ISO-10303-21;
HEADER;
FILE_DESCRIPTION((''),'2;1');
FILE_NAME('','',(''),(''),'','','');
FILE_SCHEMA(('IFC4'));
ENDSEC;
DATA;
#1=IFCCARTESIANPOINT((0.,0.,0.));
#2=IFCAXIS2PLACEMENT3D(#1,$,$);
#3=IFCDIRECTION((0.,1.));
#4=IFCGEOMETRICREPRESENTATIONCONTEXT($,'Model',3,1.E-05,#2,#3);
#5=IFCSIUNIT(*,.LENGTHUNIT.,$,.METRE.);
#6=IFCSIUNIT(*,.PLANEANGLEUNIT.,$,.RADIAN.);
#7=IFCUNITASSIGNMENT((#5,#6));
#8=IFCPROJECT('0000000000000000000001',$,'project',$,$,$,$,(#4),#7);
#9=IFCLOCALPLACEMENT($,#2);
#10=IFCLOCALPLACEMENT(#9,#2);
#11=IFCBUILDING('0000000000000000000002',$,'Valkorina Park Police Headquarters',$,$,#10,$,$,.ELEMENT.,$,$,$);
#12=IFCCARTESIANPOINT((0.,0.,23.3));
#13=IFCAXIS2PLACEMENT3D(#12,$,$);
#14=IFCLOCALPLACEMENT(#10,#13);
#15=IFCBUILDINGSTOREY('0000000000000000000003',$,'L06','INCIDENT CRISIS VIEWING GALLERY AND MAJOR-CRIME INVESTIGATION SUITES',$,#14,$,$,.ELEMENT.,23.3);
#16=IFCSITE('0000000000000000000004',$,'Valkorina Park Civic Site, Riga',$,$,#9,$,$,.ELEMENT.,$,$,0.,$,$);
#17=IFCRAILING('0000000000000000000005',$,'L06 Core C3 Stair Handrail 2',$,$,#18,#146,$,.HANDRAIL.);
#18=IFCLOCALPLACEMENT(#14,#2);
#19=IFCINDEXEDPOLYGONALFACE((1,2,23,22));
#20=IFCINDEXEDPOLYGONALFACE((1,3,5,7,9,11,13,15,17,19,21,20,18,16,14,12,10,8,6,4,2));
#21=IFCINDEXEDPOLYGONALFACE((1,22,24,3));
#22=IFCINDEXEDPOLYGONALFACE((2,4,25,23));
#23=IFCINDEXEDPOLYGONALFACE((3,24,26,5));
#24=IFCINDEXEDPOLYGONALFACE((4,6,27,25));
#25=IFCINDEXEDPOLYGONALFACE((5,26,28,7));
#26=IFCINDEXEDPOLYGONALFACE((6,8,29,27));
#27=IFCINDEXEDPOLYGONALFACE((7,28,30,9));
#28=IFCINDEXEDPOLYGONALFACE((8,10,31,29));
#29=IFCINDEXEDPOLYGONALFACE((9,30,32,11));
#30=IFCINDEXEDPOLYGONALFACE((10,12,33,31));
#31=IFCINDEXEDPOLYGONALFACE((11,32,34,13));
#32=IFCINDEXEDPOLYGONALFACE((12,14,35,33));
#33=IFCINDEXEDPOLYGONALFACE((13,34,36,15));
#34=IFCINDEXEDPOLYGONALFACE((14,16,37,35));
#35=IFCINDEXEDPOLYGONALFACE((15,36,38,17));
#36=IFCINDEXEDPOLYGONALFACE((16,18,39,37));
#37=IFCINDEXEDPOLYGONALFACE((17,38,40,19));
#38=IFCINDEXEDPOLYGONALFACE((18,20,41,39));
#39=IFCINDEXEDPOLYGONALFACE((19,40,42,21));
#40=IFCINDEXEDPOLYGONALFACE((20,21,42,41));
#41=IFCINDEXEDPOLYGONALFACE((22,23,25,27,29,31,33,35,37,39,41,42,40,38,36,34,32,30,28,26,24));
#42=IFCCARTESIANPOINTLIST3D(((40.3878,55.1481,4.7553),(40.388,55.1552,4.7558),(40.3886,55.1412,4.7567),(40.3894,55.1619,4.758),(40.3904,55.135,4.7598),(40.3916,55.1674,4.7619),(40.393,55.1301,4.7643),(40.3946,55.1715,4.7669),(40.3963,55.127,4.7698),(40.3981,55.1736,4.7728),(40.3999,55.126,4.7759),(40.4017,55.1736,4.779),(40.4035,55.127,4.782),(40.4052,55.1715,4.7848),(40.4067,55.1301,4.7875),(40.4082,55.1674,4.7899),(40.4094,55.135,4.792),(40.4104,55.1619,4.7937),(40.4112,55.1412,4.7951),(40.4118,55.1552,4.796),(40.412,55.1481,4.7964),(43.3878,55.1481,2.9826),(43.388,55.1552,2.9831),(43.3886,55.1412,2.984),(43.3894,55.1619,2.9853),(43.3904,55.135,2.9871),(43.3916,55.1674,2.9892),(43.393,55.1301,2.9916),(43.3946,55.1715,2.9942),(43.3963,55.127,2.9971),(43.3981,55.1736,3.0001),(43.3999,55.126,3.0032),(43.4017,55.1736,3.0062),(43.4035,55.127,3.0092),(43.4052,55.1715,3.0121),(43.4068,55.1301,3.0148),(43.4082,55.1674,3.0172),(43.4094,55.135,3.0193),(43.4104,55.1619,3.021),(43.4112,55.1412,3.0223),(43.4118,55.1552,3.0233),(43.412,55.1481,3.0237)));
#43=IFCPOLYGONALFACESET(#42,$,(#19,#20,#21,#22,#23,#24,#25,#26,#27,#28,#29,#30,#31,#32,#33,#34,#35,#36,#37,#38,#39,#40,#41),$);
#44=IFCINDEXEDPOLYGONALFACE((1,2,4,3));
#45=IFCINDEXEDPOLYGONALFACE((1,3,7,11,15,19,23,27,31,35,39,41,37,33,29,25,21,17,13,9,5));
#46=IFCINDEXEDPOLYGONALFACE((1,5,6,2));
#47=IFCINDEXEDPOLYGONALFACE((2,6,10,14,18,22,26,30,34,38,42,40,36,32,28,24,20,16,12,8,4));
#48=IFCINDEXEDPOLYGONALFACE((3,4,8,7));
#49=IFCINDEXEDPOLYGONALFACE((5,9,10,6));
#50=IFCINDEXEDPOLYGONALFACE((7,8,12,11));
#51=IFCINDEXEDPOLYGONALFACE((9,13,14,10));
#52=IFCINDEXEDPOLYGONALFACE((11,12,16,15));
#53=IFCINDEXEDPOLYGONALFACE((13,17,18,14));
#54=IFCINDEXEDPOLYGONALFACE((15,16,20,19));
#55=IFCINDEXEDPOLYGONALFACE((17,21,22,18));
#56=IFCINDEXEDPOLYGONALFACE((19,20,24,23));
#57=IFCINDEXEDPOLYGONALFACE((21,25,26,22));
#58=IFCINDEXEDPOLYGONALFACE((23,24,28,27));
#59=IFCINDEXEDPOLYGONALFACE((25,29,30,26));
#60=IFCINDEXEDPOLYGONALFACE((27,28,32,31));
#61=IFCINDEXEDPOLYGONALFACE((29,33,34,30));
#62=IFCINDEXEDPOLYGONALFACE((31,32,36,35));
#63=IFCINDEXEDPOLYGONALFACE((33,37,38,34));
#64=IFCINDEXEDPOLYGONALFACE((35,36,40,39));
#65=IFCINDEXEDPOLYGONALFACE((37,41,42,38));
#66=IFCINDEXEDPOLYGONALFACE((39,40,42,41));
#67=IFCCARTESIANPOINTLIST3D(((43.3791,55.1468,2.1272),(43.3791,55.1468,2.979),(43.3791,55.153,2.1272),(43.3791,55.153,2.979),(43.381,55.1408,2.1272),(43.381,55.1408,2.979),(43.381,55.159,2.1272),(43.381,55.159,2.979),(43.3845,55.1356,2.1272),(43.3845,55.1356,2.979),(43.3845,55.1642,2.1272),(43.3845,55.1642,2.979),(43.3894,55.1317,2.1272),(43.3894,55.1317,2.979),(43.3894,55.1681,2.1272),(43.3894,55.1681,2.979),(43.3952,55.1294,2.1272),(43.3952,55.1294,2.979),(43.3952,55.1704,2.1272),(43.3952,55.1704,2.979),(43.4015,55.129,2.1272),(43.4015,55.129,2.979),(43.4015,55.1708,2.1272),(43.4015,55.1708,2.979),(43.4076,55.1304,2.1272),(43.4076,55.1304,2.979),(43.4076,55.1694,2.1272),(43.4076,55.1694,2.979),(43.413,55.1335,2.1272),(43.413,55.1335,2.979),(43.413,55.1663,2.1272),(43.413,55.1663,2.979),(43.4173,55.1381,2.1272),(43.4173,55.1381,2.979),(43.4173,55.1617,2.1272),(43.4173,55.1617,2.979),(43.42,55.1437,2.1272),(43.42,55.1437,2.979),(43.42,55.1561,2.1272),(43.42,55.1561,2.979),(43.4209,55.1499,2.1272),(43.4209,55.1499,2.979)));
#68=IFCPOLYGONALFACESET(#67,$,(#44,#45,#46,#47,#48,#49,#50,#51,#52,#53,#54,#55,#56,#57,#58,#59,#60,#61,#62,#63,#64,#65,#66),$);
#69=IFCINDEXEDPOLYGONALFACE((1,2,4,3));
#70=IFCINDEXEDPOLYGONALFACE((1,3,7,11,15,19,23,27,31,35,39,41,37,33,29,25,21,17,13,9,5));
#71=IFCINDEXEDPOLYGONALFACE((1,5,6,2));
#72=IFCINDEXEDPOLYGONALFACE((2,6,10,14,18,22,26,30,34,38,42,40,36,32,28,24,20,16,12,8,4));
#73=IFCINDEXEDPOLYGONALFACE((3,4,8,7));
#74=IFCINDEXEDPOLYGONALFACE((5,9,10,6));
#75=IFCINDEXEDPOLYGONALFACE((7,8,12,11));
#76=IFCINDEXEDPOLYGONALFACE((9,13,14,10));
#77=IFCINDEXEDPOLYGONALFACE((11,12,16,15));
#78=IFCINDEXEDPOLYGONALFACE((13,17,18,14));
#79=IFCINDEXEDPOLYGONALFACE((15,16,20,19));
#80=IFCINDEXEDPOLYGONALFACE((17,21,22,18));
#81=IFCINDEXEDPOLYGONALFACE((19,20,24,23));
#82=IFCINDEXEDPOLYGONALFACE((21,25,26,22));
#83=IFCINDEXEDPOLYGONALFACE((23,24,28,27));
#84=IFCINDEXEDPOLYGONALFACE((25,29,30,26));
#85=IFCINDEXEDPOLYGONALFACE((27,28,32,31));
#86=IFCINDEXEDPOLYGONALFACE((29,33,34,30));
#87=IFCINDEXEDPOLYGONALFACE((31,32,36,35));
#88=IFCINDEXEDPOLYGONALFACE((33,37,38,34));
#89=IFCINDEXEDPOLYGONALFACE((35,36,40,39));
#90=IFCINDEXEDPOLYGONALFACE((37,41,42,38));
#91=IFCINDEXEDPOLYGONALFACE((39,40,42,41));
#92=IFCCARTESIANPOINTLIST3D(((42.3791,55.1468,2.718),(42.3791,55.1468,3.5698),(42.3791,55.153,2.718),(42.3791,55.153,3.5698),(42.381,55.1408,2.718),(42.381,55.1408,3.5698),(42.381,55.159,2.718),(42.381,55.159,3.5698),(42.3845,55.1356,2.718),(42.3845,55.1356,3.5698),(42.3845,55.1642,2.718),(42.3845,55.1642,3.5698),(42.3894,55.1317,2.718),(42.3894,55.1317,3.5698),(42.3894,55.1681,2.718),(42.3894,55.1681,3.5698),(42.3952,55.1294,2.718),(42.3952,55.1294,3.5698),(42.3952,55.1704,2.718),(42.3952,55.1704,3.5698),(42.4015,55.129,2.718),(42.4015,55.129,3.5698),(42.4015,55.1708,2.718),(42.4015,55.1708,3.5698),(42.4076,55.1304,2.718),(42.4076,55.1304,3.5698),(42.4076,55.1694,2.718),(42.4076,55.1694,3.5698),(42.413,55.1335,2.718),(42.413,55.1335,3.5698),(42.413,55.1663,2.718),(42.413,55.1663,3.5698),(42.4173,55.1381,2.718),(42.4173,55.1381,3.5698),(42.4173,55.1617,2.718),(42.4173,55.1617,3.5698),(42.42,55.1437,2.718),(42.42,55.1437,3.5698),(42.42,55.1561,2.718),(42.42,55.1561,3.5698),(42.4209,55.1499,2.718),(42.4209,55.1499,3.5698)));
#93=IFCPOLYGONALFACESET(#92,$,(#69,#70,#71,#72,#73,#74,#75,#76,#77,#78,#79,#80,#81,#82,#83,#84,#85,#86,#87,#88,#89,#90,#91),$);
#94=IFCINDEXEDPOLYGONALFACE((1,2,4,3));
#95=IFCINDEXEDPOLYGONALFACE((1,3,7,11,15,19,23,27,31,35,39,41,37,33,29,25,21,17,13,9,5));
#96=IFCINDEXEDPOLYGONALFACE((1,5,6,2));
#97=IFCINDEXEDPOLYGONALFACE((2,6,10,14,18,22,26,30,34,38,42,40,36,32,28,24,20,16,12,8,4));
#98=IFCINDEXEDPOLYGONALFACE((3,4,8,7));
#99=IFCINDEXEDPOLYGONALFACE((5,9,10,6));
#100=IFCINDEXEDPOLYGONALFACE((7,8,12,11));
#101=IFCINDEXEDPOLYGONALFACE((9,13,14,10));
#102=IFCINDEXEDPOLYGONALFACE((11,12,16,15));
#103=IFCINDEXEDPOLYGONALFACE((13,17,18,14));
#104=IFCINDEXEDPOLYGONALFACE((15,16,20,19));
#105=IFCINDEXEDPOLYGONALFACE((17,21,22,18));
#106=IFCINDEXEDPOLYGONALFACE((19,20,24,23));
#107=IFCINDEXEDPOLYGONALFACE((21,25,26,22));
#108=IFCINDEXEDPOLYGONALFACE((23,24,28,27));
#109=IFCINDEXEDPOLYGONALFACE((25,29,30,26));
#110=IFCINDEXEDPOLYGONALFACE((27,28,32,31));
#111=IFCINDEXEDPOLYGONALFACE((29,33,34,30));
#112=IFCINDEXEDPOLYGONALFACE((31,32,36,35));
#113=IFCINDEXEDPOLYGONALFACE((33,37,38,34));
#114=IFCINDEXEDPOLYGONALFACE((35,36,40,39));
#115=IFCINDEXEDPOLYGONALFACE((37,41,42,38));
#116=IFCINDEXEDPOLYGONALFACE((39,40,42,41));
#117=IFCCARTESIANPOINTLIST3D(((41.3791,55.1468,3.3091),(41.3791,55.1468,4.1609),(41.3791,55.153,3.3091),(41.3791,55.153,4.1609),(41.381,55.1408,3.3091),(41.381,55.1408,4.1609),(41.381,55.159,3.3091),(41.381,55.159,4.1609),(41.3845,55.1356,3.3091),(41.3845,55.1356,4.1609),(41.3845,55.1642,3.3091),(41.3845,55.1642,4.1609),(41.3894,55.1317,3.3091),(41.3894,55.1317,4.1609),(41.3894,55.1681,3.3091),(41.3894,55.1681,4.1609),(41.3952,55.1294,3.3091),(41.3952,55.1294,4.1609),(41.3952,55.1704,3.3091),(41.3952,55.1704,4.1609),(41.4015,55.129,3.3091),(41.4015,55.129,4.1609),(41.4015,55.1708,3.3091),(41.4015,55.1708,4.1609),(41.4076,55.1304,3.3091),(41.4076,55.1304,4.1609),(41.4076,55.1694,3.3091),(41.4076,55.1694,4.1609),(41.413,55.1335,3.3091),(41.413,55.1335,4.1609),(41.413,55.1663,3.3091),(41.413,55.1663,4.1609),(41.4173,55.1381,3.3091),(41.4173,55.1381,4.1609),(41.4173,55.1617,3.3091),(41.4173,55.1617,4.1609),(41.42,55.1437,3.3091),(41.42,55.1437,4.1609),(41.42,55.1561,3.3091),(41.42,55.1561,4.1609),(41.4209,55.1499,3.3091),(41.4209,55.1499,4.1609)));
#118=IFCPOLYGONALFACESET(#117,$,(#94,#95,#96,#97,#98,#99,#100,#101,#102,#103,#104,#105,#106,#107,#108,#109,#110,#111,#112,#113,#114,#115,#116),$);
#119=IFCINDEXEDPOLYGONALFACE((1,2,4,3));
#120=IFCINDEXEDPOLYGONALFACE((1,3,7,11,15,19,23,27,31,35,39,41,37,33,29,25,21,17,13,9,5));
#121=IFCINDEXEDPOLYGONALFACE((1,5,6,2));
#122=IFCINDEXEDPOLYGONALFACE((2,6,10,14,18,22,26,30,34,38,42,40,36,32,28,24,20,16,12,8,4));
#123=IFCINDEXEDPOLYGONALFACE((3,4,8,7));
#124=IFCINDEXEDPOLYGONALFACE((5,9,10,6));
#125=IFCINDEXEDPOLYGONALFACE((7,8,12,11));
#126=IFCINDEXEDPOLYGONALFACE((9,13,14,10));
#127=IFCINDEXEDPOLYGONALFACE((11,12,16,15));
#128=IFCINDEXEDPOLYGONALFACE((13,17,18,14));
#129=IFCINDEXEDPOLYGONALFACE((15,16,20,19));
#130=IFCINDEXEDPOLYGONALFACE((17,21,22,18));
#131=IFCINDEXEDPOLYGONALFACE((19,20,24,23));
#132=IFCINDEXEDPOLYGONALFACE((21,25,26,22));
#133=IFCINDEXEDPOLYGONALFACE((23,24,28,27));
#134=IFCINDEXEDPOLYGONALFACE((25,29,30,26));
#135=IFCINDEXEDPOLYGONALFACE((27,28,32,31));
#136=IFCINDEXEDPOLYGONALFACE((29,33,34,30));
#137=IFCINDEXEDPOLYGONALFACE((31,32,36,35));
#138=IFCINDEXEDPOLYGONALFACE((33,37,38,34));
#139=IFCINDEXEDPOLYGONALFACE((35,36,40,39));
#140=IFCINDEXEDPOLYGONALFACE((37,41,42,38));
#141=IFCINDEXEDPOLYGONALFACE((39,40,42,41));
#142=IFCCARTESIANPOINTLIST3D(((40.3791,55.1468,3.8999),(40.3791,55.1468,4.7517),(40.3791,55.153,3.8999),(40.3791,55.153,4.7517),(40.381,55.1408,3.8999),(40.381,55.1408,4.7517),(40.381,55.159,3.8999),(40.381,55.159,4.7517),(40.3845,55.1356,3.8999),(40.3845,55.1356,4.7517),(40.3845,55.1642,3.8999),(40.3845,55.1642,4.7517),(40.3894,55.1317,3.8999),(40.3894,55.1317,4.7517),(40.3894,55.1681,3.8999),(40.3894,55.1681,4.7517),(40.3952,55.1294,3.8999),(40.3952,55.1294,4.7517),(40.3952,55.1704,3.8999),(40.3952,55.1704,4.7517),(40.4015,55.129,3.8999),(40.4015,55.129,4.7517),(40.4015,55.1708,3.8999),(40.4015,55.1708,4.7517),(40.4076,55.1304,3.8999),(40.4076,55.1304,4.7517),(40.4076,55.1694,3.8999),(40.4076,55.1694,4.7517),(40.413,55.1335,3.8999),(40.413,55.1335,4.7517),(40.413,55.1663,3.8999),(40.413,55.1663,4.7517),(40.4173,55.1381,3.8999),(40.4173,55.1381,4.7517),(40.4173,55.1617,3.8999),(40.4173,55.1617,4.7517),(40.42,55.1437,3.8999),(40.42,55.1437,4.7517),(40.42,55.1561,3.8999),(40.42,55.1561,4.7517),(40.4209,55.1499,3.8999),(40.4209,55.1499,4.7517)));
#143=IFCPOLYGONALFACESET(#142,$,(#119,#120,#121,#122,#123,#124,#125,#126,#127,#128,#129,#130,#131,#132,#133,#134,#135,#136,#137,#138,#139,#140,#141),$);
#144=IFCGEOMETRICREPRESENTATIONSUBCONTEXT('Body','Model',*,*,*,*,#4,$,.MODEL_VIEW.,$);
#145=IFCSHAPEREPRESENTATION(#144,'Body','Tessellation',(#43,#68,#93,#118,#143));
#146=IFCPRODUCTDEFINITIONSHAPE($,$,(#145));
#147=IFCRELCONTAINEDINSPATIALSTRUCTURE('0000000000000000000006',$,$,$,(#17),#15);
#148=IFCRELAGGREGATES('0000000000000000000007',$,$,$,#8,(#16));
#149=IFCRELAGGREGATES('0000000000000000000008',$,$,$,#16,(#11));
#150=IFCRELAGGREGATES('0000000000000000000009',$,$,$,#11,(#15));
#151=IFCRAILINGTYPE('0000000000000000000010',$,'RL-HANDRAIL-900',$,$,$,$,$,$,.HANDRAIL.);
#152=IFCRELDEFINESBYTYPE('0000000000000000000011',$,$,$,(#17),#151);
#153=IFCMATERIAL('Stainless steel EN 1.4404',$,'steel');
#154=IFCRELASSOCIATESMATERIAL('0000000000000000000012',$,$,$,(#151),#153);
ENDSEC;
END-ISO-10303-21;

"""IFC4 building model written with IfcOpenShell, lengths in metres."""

from ifc_helpers import new_model, si_unit, direction, frame, origin, origin_2d, place, context, subcontext, project, spatial, circle, extrude, material, type_object, element, save


model = new_model("IFC4")

# Units and contexts
model_context = context("Model", 3, precision=1e-05, world=origin(), true_north=direction((0.0, 1.0)))
body_context = subcontext(model_context, "Body", "Model", "MODEL_VIEW")
ifc_project = project(units=[si_unit("LENGTHUNIT", "METRE"), si_unit("PLANEANGLEUNIT", "RADIAN")], contexts=[model_context])

# Site, building, storey
site_placement = place(None, origin())
site = spatial("IfcSite", under=ifc_project, at=site_placement, Name="Valkorina Park Civic Site, Riga", CompositionType="ELEMENT", RefElevation=0.0)
building_placement = place(site_placement, origin())
building = spatial("IfcBuilding", under=site, at=building_placement, Name="Valkorina Park Police Headquarters", CompositionType="ELEMENT")
storey_placement = place(building_placement, frame((0.0, 0.0, 23.3)))
storey = spatial("IfcBuildingStorey", under=building, at=storey_placement, Name="L06", Description="INCIDENT CRISIS VIEWING GALLERY AND MAJOR-CRIME INVESTIGATION SUITES", CompositionType="ELEMENT", Elevation=23.3)

# Railing
ifc_material_1 = material(Name="Stainless steel EN 1.4404", Category="steel")
railing_type_1 = type_object("IfcRailingType", Name="RL-HANDRAIL-900", PredefinedType="HANDRAIL", material=ifc_material_1)
railing_1_placement = place(storey_placement, frame((43.3999, 55.1499, 2.1272)))
element("IfcRailing", 1, at=railing_1_placement, inside=storey, type_object=railing_type_1, Name="L06 Core C3 Stair Handrail 2", PredefinedType="HANDRAIL", context=body_context, shape_type="SweptSolid", body=[
    extrude(circle(Radius=0.0239, at=origin_2d()), frame((0.0, 0.0, 0.876), z_axis=(-0.860929, 0.0, 0.508725), x_axis=(0.0, -1.0, 0.0)), (0.0, 0.0, 1.0), 3.4846),
    extrude(circle(Radius=0.021, at=origin_2d()), origin(), (0.0, 0.0, 1.0), 0.8518),
    extrude(circle(Radius=0.021, at=origin_2d()), frame((-1.0, 0.0, 0.5908)), (0.0, 0.0, 1.0), 0.8518),
    extrude(circle(Radius=0.021, at=origin_2d()), frame((-2.0, 0.0, 1.1819)), (0.0, 0.0, 1.0), 0.8518),
    extrude(circle(Radius=0.021, at=origin_2d()), frame((-3.0, 0.0, 1.7727)), (0.0, 0.0, 1.0), 0.8518),
])

save(model, "model.ifc")
